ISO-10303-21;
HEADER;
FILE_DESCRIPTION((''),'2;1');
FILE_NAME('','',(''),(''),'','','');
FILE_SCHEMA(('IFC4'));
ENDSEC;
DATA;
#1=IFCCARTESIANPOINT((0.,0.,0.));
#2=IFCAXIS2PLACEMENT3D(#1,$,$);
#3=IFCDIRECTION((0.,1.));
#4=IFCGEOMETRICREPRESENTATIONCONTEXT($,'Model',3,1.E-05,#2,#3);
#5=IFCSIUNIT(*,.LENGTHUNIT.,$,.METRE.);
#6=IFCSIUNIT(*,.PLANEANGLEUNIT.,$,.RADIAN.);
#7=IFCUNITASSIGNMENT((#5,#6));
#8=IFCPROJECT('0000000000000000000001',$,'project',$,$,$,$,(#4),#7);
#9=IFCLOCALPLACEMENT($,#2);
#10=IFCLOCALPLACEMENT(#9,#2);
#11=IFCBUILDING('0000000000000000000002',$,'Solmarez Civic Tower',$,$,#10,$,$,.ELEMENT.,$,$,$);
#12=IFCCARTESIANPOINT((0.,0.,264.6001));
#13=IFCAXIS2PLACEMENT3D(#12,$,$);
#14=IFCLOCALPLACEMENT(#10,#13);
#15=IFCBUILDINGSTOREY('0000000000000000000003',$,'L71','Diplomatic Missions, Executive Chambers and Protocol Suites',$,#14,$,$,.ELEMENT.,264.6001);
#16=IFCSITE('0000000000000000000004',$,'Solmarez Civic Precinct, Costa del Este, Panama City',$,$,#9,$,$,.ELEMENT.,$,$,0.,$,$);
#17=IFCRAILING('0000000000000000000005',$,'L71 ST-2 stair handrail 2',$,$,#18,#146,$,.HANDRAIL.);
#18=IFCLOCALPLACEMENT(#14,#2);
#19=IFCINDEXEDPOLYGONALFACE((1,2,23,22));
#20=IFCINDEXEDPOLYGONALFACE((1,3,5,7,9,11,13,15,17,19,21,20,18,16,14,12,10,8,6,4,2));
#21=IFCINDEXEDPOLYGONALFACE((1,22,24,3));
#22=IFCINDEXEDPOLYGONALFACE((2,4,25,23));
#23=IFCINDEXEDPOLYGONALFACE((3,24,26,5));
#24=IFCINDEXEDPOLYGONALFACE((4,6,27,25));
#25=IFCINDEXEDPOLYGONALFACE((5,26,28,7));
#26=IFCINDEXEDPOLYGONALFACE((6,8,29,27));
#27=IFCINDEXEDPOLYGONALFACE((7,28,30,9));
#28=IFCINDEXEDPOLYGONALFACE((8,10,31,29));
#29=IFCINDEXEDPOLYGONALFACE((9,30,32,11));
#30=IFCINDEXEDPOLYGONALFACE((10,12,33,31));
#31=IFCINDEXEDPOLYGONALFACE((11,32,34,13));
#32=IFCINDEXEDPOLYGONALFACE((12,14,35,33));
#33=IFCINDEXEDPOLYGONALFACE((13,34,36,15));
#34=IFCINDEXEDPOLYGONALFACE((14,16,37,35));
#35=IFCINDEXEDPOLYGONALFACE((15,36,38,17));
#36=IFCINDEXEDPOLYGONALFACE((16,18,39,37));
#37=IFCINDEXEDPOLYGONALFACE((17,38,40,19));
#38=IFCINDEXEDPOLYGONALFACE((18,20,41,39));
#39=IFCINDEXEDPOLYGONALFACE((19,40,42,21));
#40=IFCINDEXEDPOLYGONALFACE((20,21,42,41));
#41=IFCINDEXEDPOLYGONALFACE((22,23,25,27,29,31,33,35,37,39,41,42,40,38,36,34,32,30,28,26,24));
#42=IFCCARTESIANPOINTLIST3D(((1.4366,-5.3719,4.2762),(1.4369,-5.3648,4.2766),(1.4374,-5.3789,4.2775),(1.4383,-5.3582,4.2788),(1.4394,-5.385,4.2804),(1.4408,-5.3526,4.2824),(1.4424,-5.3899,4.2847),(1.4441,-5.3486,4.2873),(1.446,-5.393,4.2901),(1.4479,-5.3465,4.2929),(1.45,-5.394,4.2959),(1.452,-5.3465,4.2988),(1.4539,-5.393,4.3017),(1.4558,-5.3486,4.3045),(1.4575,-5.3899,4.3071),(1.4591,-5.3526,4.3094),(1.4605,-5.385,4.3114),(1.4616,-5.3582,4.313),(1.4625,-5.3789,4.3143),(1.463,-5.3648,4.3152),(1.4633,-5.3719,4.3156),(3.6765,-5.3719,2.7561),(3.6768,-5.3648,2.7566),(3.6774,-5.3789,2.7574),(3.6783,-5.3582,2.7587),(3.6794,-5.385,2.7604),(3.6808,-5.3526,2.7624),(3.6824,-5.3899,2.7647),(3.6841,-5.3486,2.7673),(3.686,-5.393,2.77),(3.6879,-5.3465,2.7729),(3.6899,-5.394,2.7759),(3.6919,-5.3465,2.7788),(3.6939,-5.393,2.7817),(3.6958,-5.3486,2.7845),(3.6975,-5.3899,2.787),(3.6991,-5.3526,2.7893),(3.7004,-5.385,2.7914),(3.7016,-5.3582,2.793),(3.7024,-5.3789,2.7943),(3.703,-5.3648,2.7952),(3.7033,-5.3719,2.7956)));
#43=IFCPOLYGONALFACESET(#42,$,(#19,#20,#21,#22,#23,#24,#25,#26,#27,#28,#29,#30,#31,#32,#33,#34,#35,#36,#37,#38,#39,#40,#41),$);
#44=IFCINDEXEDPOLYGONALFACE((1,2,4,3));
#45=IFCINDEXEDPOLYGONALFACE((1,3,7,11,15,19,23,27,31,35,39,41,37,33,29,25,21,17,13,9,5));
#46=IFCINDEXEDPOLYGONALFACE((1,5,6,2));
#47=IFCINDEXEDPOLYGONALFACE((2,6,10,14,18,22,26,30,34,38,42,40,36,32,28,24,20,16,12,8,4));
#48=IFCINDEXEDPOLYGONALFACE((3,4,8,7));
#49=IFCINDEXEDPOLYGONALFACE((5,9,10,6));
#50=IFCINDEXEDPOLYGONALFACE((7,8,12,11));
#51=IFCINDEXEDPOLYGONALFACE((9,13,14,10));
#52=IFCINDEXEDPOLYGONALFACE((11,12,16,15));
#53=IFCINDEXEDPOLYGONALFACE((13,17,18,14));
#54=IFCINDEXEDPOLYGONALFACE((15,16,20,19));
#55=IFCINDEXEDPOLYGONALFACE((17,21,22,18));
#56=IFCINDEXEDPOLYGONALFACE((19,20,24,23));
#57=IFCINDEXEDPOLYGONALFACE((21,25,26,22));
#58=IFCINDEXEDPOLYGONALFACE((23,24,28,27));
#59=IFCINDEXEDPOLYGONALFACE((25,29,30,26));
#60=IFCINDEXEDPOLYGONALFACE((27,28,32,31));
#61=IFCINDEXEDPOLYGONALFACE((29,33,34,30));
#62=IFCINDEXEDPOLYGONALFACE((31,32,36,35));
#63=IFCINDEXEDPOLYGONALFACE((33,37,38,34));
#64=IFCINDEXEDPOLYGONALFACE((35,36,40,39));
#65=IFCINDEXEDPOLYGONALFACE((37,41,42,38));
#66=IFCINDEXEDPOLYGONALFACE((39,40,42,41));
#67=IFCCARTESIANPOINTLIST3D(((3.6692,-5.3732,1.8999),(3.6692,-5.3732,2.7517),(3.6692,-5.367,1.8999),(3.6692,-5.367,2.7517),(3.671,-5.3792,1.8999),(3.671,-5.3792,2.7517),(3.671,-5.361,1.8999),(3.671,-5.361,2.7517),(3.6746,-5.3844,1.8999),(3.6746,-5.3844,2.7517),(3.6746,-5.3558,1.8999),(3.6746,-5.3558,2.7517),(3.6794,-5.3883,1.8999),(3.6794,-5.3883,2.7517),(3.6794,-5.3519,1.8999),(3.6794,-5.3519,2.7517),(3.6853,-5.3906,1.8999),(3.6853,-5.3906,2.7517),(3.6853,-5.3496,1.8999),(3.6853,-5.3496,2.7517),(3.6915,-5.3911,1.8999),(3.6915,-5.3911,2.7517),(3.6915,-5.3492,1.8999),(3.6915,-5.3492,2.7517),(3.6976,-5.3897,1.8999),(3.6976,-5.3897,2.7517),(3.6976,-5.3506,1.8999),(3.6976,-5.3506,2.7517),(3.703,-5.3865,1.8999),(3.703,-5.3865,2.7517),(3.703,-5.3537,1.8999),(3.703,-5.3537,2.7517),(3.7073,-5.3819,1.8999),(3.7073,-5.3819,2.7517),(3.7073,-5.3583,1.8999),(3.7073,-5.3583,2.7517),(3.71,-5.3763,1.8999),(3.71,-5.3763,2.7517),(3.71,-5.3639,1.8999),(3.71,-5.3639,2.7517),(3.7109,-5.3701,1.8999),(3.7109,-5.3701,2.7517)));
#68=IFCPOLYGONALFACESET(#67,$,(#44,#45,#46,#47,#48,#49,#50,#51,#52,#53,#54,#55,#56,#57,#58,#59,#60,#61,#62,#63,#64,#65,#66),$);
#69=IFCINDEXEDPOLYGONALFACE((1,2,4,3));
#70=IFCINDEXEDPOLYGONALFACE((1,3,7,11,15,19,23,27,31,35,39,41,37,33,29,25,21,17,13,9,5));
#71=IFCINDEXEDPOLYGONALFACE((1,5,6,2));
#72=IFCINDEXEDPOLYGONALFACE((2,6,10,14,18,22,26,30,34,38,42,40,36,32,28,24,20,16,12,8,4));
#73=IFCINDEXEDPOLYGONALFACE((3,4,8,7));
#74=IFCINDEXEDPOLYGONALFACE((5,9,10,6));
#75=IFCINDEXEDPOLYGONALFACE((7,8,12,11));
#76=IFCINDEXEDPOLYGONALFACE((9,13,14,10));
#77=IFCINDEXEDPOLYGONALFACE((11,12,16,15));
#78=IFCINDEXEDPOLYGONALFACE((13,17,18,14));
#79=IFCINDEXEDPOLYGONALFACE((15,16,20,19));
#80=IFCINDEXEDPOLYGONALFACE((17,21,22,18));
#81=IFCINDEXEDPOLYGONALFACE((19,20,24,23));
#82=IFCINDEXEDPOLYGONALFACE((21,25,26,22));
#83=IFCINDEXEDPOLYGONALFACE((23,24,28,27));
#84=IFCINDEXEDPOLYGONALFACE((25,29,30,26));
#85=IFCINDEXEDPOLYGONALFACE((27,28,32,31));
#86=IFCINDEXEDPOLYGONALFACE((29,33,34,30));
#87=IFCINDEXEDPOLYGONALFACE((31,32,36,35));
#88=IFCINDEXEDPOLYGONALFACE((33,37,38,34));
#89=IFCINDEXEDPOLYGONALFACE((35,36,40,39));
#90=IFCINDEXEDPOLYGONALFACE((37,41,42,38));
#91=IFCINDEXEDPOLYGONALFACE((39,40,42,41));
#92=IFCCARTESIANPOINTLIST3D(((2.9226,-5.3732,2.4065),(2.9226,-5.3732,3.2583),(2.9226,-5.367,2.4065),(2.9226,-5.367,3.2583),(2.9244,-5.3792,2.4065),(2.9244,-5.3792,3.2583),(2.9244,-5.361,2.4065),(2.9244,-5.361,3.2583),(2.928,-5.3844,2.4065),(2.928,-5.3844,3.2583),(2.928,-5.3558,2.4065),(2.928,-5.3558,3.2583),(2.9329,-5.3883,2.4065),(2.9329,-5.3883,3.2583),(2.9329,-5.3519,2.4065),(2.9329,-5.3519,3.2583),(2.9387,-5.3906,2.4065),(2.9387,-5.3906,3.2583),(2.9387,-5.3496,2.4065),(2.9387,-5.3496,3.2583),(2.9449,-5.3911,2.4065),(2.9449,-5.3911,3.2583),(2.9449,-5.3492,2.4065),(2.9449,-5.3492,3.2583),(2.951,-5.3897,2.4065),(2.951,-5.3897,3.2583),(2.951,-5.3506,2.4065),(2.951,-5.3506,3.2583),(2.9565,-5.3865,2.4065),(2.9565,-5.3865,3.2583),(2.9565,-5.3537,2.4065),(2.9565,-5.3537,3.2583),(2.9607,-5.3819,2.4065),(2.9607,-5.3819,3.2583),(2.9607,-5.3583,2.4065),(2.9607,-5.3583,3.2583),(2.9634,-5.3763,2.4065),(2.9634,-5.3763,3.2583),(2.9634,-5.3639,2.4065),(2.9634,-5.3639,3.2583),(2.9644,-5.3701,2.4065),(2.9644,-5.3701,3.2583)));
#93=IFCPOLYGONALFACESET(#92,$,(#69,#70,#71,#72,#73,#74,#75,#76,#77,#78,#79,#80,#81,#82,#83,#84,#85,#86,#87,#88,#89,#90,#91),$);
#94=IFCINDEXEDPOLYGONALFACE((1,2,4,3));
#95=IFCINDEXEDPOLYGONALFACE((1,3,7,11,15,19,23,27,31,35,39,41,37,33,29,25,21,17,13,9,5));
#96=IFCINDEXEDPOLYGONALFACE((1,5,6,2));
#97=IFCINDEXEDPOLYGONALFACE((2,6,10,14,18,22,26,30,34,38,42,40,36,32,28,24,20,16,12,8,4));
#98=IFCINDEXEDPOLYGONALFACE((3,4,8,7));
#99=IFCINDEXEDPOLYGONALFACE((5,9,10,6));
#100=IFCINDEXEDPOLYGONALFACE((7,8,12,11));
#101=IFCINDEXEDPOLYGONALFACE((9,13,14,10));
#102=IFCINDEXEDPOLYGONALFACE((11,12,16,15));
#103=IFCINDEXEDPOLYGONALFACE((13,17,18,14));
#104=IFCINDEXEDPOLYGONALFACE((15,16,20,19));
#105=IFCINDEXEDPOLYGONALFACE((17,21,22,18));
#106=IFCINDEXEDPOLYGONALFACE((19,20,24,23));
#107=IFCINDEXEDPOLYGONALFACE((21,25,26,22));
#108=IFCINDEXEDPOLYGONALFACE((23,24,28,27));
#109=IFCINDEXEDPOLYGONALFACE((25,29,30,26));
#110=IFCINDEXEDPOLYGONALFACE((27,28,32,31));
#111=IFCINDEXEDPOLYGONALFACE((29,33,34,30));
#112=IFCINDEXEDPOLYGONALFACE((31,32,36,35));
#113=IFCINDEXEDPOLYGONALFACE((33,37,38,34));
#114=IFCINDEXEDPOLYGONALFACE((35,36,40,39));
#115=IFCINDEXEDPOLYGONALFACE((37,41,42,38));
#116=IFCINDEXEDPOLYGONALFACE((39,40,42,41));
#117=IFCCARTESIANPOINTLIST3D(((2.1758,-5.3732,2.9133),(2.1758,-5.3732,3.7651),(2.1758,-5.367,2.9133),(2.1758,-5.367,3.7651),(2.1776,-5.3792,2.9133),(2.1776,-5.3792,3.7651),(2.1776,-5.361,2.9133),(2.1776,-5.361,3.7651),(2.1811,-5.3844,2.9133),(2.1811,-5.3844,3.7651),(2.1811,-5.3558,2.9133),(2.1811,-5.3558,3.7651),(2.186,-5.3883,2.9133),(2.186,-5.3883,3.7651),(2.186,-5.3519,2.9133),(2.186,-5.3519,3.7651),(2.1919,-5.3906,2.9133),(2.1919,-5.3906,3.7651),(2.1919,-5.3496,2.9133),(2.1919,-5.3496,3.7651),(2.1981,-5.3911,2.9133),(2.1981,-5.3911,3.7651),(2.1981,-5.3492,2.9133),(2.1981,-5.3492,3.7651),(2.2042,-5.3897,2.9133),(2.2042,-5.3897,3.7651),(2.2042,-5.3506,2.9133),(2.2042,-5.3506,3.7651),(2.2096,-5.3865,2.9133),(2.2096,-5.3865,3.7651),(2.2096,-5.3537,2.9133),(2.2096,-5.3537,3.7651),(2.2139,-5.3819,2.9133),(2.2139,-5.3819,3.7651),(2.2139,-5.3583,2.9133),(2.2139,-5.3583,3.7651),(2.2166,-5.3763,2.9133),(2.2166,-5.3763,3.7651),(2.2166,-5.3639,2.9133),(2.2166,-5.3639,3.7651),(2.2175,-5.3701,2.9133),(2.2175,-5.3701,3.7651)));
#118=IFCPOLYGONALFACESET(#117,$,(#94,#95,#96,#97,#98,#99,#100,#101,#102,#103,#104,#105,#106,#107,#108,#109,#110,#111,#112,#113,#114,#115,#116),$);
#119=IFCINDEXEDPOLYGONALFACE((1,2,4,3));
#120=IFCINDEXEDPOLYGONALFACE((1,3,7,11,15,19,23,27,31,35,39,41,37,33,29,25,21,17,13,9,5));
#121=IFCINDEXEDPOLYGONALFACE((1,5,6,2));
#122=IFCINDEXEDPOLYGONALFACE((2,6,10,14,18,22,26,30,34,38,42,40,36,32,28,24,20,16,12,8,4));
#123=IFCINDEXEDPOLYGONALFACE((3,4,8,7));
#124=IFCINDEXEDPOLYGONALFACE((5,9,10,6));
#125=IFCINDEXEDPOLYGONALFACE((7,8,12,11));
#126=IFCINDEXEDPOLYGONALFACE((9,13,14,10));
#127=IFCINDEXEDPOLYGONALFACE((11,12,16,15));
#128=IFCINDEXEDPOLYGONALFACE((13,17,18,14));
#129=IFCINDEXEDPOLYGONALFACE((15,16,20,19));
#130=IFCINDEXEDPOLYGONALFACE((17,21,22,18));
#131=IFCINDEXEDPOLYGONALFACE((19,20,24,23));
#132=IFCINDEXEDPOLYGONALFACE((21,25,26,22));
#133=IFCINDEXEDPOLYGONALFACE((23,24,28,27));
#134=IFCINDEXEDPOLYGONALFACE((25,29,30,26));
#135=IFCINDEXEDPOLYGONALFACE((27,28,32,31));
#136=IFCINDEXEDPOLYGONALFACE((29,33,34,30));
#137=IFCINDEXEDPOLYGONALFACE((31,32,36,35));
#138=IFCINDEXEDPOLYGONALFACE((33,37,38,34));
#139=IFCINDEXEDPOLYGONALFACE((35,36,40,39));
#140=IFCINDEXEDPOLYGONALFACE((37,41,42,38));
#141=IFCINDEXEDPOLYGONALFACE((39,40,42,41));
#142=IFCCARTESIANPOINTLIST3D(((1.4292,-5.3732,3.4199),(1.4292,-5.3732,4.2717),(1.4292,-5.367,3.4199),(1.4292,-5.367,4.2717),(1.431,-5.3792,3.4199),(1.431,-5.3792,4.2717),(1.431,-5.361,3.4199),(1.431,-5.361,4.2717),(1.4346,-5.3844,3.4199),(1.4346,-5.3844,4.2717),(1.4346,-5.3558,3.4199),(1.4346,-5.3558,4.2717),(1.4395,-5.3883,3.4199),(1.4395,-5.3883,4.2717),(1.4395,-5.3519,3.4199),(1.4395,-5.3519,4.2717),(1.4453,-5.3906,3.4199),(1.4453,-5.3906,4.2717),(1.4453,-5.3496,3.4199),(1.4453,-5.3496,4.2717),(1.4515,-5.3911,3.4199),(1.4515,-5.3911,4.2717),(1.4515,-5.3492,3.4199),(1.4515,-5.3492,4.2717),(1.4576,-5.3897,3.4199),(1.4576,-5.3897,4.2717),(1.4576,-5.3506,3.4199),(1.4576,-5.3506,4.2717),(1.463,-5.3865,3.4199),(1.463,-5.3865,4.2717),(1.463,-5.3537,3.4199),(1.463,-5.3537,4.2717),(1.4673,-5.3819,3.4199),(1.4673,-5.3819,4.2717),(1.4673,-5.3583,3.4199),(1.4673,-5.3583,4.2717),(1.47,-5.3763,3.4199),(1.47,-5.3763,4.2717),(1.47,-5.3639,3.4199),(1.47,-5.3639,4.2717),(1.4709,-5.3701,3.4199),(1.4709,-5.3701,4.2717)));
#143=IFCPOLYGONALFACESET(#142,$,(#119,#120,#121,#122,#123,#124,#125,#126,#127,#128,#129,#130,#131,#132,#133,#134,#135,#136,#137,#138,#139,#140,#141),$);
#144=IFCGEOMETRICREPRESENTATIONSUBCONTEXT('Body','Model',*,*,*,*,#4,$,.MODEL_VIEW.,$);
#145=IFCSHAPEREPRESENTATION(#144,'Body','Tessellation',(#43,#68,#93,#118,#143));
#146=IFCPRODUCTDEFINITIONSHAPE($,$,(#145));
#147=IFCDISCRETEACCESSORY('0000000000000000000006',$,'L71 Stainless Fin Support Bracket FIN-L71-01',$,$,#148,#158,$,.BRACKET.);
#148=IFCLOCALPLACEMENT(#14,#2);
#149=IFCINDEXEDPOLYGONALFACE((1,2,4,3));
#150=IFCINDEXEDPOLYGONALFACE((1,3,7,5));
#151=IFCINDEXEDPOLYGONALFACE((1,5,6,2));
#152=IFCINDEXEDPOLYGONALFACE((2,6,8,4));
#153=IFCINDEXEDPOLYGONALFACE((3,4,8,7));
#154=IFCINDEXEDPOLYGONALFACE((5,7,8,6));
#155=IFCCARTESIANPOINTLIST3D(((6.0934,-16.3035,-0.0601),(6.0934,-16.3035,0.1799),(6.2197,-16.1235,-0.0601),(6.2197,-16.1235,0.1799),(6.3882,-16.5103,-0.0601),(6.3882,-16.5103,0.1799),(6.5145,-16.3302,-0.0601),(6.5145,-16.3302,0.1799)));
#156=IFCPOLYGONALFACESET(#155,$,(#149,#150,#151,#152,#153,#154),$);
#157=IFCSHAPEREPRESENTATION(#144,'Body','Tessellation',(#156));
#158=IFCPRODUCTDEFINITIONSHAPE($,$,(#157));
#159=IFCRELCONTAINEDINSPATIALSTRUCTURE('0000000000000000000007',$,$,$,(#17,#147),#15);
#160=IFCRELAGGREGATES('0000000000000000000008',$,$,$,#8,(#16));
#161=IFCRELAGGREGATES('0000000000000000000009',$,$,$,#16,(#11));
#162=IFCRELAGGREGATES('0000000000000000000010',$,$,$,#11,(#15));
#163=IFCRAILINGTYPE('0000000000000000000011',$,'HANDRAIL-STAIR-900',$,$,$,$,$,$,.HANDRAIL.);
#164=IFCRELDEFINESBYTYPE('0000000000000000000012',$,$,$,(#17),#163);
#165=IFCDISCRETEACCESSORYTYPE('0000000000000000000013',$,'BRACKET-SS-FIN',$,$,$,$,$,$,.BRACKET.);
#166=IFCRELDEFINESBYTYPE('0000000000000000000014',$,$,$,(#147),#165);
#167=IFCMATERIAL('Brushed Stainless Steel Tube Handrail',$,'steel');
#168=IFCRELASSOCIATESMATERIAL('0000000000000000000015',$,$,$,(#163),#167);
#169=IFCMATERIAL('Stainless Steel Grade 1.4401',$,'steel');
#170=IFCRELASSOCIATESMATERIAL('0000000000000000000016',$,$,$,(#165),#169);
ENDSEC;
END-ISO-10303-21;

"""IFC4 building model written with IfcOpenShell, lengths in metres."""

from ifc_helpers import new_model, si_unit, direction, frame, origin, origin_2d, place, context, subcontext, project, spatial, rectangle, circle, extrude, material, type_object, element, save


model = new_model("IFC4")

# Units and contexts
model_context = context("Model", 3, precision=1e-05, world=origin(), true_north=direction((0.0, 1.0)))
body_context = subcontext(model_context, "Body", "Model", "MODEL_VIEW")
ifc_project = project(units=[si_unit("LENGTHUNIT", "METRE"), si_unit("PLANEANGLEUNIT", "RADIAN")], contexts=[model_context])

# Site, building, storey
site_placement = place(None, origin())
site = spatial("IfcSite", under=ifc_project, at=site_placement, Name="Solmarez Civic Precinct, Costa del Este, Panama City", CompositionType="ELEMENT", RefElevation=0.0)
building_placement = place(site_placement, origin())
building = spatial("IfcBuilding", under=site, at=building_placement, Name="Solmarez Civic Tower", CompositionType="ELEMENT")
storey_placement = place(building_placement, frame((0.0, 0.0, 264.6001)))
storey = spatial("IfcBuildingStorey", under=building, at=storey_placement, Name="L71", Description="Diplomatic Missions, Executive Chambers and Protocol Suites", CompositionType="ELEMENT", Elevation=264.6001)

# Railing
ifc_material_1 = material(Name="Brushed Stainless Steel Tube Handrail", Category="steel")
railing_type_1 = type_object("IfcRailingType", Name="HANDRAIL-STAIR-900", PredefinedType="HANDRAIL", material=ifc_material_1)
railing_1_placement = place(storey_placement, frame((3.6899, -5.3701, 1.8999)))
element("IfcRailing", 1, at=railing_1_placement, inside=storey, type_object=railing_type_1, Name="L71 ST-2 stair handrail 2", PredefinedType="HANDRAIL", context=body_context, shape_type="SweptSolid", body=[
    extrude(circle(Radius=0.0239, at=origin_2d()), frame((0.0, 0.0, 0.876), z_axis=(-0.827471, 0.0, 0.561508), x_axis=(0.0, -1.0, 0.0)), (0.0, 0.0, 1.0), 2.707),
    extrude(circle(Radius=0.021, at=origin_2d()), origin(), (0.0, 0.0, 1.0), 0.8518),
    extrude(circle(Radius=0.021, at=origin_2d()), frame((-0.7466, 0.0, 0.5066)), (0.0, 0.0, 1.0), 0.8518),
    extrude(circle(Radius=0.021, at=origin_2d()), frame((-1.4934, 0.0, 1.0134)), (0.0, 0.0, 1.0), 0.8518),
    extrude(circle(Radius=0.021, at=origin_2d()), frame((-2.24, 0.0, 1.52)), (0.0, 0.0, 1.0), 0.8518),
])

# Discrete accessory
ifc_material_2 = material(Name="Stainless Steel Grade 1.4401", Category="steel")
discrete_accessory_type = type_object("IfcDiscreteAccessoryType", Name="BRACKET-SS-FIN", PredefinedType="BRACKET", material=ifc_material_2)
discrete_accessory_placement = place(storey_placement, frame((6.304, -16.3169, -0.0601), z_axis=(0.0, 0.0, 1.0), x_axis=(0.818683, -0.574246, 0.0)))
element("IfcDiscreteAccessory", 2, at=discrete_accessory_placement, inside=storey, type_object=discrete_accessory_type, Name="L71 Stainless Fin Support Bracket FIN-L71-01", PredefinedType="BRACKET", context=body_context, shape_type="SweptSolid", body=[
    extrude(rectangle(XDim=0.3601, YDim=0.22, at=origin_2d()), origin(), (0.0, 0.0, 1.0), 0.24),
])

save(model, "model.ifc")
